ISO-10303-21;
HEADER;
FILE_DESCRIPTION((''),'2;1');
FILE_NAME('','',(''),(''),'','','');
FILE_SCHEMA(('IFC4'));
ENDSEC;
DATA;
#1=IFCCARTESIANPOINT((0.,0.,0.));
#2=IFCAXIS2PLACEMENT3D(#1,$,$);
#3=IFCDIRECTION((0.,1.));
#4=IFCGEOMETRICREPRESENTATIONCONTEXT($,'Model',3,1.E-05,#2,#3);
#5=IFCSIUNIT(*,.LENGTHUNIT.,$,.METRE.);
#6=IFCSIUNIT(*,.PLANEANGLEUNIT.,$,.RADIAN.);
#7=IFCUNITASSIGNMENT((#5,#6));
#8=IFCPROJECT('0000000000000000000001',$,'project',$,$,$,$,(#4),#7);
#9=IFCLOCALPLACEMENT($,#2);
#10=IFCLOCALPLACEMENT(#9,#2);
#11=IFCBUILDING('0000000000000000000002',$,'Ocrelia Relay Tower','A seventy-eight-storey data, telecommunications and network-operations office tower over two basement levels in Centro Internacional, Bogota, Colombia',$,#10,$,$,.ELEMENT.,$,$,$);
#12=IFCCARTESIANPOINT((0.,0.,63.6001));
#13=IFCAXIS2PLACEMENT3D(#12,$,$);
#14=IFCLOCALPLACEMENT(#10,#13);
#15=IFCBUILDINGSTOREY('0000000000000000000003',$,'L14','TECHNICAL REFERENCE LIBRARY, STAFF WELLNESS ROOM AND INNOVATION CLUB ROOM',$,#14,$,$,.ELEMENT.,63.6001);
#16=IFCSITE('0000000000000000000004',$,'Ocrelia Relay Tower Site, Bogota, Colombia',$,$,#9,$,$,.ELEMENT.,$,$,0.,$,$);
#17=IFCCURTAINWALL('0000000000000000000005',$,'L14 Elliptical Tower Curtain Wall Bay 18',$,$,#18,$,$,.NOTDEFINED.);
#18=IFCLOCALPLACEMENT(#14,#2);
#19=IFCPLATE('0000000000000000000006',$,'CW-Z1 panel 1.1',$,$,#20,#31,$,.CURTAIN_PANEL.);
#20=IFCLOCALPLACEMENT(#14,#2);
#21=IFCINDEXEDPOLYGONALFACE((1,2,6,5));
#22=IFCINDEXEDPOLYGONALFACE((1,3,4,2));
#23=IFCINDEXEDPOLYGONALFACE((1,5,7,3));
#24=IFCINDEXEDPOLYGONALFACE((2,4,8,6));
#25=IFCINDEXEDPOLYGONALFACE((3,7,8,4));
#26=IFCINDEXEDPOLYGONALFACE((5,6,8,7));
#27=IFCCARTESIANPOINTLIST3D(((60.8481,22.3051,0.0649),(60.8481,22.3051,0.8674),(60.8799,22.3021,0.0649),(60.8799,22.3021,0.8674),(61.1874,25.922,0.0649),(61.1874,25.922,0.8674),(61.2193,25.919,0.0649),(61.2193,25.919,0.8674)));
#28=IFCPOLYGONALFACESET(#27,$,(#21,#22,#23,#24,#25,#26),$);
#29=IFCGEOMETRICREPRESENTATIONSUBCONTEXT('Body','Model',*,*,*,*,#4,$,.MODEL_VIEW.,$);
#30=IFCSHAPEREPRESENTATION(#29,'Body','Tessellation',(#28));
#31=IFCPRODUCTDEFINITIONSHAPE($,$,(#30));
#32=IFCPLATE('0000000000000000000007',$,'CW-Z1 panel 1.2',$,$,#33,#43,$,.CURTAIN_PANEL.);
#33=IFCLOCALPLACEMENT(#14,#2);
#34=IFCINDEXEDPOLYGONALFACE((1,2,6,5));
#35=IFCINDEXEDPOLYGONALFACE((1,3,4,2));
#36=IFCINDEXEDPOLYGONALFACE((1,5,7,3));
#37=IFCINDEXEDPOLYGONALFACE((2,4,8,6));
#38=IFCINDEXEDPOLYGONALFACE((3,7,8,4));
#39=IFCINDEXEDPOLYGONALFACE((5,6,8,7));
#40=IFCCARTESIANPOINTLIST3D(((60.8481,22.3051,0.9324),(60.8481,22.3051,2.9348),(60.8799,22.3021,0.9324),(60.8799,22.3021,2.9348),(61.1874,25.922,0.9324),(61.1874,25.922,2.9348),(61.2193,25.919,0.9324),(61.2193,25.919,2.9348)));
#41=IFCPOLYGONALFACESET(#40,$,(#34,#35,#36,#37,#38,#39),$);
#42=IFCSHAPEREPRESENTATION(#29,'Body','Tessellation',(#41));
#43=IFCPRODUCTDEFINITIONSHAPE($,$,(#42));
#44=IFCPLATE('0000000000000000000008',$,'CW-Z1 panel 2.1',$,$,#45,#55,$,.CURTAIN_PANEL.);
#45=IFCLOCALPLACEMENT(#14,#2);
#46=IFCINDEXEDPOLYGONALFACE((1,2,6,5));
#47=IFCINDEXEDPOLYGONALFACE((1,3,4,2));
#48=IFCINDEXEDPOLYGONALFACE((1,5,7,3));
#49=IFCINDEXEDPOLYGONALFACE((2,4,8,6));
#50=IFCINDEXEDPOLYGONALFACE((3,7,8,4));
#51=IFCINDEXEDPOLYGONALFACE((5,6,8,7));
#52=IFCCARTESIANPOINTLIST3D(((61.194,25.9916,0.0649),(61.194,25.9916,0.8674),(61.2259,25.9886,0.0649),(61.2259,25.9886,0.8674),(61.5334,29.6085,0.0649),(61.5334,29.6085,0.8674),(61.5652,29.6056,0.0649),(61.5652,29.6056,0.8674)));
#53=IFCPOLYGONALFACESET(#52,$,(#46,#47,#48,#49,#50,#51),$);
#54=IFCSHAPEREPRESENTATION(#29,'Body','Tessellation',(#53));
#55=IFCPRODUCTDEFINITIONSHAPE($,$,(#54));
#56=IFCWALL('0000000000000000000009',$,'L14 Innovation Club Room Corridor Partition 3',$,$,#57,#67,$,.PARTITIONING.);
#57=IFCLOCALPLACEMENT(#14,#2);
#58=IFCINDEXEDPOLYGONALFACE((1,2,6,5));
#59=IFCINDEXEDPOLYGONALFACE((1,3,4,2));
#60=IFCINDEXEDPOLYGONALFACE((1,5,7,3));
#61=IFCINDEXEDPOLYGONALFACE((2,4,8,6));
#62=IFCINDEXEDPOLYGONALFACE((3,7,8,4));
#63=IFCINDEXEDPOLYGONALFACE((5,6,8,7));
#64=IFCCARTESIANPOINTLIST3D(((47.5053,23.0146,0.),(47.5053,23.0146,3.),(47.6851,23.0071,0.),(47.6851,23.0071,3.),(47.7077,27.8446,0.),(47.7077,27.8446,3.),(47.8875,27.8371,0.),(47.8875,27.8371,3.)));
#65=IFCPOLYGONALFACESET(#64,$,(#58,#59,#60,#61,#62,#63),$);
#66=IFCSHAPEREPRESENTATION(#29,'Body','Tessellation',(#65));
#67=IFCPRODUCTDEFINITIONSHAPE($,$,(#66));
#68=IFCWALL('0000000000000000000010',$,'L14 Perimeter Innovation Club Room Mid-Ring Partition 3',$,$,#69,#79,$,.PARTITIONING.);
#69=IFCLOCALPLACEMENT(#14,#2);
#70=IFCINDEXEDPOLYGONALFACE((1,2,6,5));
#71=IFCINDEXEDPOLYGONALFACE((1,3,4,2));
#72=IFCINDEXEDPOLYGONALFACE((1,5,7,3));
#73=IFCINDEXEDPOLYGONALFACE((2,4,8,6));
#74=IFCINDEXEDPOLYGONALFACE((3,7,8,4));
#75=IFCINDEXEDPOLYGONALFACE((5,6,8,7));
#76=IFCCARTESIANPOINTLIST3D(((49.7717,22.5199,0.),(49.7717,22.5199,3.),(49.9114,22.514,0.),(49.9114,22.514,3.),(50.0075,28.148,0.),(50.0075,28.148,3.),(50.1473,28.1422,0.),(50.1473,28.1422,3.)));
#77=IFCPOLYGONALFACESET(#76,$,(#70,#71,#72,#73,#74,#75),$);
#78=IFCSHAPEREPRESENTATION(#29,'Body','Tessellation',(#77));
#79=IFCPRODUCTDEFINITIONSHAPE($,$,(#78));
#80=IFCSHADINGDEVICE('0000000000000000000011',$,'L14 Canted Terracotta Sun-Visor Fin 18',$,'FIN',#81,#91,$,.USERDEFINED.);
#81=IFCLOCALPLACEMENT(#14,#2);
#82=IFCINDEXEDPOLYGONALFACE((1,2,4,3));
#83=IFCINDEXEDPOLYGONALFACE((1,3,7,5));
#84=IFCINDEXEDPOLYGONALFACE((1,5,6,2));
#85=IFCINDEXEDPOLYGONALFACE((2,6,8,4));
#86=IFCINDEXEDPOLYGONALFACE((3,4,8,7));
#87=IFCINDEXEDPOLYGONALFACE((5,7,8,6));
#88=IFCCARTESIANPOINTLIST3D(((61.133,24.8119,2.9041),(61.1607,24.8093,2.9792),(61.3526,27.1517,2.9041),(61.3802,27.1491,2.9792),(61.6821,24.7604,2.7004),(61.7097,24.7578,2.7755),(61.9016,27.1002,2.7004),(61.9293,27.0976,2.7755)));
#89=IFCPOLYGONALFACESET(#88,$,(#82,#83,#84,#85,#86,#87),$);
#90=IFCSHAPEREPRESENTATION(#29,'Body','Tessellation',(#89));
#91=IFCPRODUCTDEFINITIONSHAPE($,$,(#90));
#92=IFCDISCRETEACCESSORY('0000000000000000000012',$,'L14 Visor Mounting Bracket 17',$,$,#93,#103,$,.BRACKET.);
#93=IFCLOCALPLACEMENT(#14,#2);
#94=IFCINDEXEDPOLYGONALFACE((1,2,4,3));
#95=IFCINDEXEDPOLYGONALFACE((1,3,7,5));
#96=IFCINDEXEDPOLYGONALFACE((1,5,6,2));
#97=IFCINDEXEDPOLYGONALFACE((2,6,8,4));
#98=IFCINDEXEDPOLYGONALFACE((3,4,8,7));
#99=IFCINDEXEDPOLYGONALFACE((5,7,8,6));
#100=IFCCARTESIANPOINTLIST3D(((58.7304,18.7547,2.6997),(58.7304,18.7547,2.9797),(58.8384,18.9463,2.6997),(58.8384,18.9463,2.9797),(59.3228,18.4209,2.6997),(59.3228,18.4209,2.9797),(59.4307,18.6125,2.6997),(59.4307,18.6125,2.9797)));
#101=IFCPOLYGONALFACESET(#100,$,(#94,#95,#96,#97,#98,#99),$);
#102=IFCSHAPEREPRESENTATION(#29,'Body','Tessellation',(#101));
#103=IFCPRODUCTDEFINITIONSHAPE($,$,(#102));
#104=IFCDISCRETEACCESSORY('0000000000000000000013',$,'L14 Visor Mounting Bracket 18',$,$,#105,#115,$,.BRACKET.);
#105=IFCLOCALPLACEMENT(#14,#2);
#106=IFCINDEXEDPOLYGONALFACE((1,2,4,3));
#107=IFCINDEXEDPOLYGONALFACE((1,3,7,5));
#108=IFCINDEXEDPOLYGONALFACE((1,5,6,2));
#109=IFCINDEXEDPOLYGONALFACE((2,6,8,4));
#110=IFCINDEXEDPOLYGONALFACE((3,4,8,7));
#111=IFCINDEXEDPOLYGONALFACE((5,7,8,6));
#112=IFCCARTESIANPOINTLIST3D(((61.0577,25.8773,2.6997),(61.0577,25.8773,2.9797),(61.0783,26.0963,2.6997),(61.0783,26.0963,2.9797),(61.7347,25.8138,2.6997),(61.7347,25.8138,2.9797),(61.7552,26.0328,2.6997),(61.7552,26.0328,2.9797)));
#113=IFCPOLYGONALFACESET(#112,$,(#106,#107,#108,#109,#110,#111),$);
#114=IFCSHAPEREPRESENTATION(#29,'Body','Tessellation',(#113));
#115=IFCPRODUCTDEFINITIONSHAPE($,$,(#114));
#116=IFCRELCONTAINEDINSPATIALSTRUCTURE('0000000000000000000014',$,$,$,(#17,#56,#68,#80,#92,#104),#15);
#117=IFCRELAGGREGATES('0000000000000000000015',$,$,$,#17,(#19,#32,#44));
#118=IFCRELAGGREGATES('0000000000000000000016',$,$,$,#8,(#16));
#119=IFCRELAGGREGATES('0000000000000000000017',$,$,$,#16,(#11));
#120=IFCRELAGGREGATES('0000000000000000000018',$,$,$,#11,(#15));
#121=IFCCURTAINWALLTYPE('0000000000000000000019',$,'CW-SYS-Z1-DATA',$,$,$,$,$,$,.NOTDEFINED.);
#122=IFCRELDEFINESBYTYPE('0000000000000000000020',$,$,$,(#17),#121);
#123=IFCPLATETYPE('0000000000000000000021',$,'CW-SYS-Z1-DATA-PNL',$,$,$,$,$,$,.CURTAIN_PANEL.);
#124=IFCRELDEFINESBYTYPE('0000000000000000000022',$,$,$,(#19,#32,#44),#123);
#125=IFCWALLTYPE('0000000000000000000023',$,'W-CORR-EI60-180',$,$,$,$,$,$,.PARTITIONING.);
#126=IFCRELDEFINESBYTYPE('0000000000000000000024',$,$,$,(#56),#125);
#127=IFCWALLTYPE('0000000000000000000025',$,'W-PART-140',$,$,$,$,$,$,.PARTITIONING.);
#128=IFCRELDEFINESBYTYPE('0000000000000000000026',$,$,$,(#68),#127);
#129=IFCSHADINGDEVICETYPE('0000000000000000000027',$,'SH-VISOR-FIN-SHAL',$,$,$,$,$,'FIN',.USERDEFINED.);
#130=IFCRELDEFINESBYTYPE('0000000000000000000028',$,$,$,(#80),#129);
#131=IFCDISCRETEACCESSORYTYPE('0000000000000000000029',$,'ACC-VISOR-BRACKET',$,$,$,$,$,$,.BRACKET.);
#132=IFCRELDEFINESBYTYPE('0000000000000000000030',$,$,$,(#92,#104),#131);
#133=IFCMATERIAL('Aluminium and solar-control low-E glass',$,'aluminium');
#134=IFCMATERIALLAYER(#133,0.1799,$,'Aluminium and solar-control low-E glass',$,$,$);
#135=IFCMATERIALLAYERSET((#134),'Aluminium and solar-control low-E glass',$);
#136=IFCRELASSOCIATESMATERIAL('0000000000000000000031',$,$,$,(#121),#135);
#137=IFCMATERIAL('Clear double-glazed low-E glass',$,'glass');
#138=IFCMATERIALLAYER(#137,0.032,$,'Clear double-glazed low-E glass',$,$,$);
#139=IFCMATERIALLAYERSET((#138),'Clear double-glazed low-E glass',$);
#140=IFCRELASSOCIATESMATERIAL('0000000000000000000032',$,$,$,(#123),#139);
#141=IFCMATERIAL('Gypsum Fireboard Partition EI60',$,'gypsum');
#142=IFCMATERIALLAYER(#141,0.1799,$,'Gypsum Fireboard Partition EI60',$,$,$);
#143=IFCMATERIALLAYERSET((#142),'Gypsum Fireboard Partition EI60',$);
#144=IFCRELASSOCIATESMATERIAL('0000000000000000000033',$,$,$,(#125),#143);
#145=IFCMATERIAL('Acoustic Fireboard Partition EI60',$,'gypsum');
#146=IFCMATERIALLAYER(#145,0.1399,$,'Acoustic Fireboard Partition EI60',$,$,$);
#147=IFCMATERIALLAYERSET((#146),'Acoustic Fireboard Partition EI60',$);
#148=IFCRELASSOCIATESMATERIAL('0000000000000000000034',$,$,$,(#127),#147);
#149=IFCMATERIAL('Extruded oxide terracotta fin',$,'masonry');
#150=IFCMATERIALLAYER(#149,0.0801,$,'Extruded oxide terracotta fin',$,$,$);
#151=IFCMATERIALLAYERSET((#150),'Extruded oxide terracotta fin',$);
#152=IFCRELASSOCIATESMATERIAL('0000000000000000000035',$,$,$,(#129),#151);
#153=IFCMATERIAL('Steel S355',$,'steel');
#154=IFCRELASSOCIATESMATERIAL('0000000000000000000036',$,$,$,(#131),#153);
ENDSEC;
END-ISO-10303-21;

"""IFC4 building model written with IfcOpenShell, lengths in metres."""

from ifc_helpers import new_model, si_unit, direction, frame, frame_2d, origin, origin_2d, place, context, subcontext, project, spatial, rectangle, extrude, material, layer, layer_set, type_object, element, aggregate, save


model = new_model("IFC4")

# Units and contexts
model_context = context("Model", 3, precision=1e-05, world=origin(), true_north=direction((0.0, 1.0)))
body_context = subcontext(model_context, "Body", "Model", "MODEL_VIEW")
ifc_project = project(units=[si_unit("LENGTHUNIT", "METRE"), si_unit("PLANEANGLEUNIT", "RADIAN")], contexts=[model_context])

# Site, building, storey
site_placement = place(None, origin())
site = spatial("IfcSite", under=ifc_project, at=site_placement, Name="Ocrelia Relay Tower Site, Bogota, Colombia", CompositionType="ELEMENT", RefElevation=0.0)
building_placement = place(site_placement, origin())
building = spatial("IfcBuilding", under=site, at=building_placement, Name="Ocrelia Relay Tower", Description="A seventy-eight-storey data, telecommunications and network-operations office tower over two basement levels in Centro Internacional, Bogota, Colombia", CompositionType="ELEMENT")
storey_placement = place(building_placement, frame((0.0, 0.0, 63.6001)))
storey = spatial("IfcBuildingStorey", under=building, at=storey_placement, Name="L14", Description="TECHNICAL REFERENCE LIBRARY, STAFF WELLNESS ROOM AND INNOVATION CLUB ROOM", CompositionType="ELEMENT", Elevation=63.6001)

# Shared definitions
ifc_material_1 = material(Name="Steel S355", Category="steel")

# Curtain wall, plates
ifc_material_2 = material(Name="Aluminium and solar-control low-E glass", Category="aluminium")
ifc_layer_1 = layer(ifc_material_2, 0.1799, Name="Aluminium and solar-control low-E glass")
ifc_layer_set_1 = layer_set([ifc_layer_1], Name="Aluminium and solar-control low-E glass")
curtain_wall_type = type_object("IfcCurtainWallType", Name="CW-SYS-Z1-DATA", PredefinedType="NOTDEFINED", material=ifc_layer_set_1)
curtain_wall_placement = place(storey_placement, origin())
curtain_wall = element("IfcCurtainWall", 1, at=curtain_wall_placement, inside=storey, type_object=curtain_wall_type, Name="L14 Elliptical Tower Curtain Wall Bay 18", PredefinedType="NOTDEFINED")
ifc_material_3 = material(Name="Clear double-glazed low-E glass", Category="glass")
ifc_layer_2 = layer(ifc_material_3, 0.032, Name="Clear double-glazed low-E glass")
ifc_layer_set_2 = layer_set([ifc_layer_2], Name="Clear double-glazed low-E glass")
plate_type = type_object("IfcPlateType", Name="CW-SYS-Z1-DATA-PNL", PredefinedType="CURTAIN_PANEL", material=ifc_layer_set_2)
plate_1_placement = place(storey_placement, frame((61.0337, 24.1121, 0.0649), z_axis=(0.0, 0.0, 1.0), x_axis=(0.093413, 0.995627, 0.0)))
plate_1 = element("IfcPlate", 2, at=plate_1_placement, type_object=plate_type, Name="CW-Z1 panel 1.1", PredefinedType="CURTAIN_PANEL", context=body_context, shape_type="SweptSolid", body=[
    extrude(rectangle(XDim=3.6328, YDim=0.032, at=origin_2d()), origin(), (0.0, 0.0, 1.0), 0.8025),
])
plate_2_placement = place(storey_placement, frame((61.0337, 24.1121, 0.9324), z_axis=(0.0, 0.0, 1.0), x_axis=(0.093413, 0.995627, 0.0)))
plate_2 = element("IfcPlate", 3, at=plate_2_placement, type_object=plate_type, Name="CW-Z1 panel 1.2", PredefinedType="CURTAIN_PANEL", context=body_context, shape_type="SweptSolid", body=[
    extrude(rectangle(XDim=3.6328, YDim=0.032, at=origin_2d()), origin(), (0.0, 0.0, 1.0), 2.0024),
])
plate_3_placement = place(storey_placement, frame((61.3796, 27.7986, 0.0649), z_axis=(0.0, 0.0, 1.0), x_axis=(0.093413, 0.995627, 0.0)))
plate_3 = element("IfcPlate", 4, at=plate_3_placement, type_object=plate_type, Name="CW-Z1 panel 2.1", PredefinedType="CURTAIN_PANEL", context=body_context, shape_type="SweptSolid", body=[
    extrude(rectangle(XDim=3.6328, YDim=0.032, at=origin_2d()), origin(), (0.0, 0.0, 1.0), 0.8025),
])
aggregate(curtain_wall, [plate_1, plate_2, plate_3])

# Walls
ifc_material_4 = material(Name="Gypsum Fireboard Partition EI60", Category="gypsum")
ifc_layer_3 = layer(ifc_material_4, 0.1799, Name="Gypsum Fireboard Partition EI60")
ifc_layer_set_3 = layer_set([ifc_layer_3], Name="Gypsum Fireboard Partition EI60")
wall_type_1 = type_object("IfcWallType", Name="W-CORR-EI60-180", PredefinedType="PARTITIONING", material=ifc_layer_set_3)
wall_1_placement = place(storey_placement, frame((47.5952, 23.011, 0.0), z_axis=(0.0, 0.0, 1.0), x_axis=(0.041866, 0.999123, 0.0)))
element("IfcWall", 5, at=wall_1_placement, inside=storey, type_object=wall_type_1, Name="L14 Innovation Club Room Corridor Partition 3", PredefinedType="PARTITIONING", context=body_context, shape_type="SweptSolid", body=[
    extrude(rectangle(XDim=4.8342, YDim=0.1799, at=frame_2d((2.417, 0.0))), origin(), (0.0, 0.0, 1.0), 3.0),
])
ifc_material_5 = material(Name="Acoustic Fireboard Partition EI60", Category="gypsum")
ifc_layer_4 = layer(ifc_material_5, 0.1399, Name="Acoustic Fireboard Partition EI60")
ifc_layer_set_4 = layer_set([ifc_layer_4], Name="Acoustic Fireboard Partition EI60")
wall_type_2 = type_object("IfcWallType", Name="W-PART-140", PredefinedType="PARTITIONING", material=ifc_layer_set_4)
wall_2_placement = place(storey_placement, frame((49.8416, 22.5171, 0.0), z_axis=(0.0, 0.0, 1.0), x_axis=(0.041867, 0.999123, 0.0)))
element("IfcWall", 6, at=wall_2_placement, inside=storey, type_object=wall_type_2, Name="L14 Perimeter Innovation Club Room Mid-Ring Partition 3", PredefinedType="PARTITIONING", context=body_context, shape_type="SweptSolid", body=[
    extrude(rectangle(XDim=5.6331, YDim=0.1399, at=frame_2d((2.8164, 0.0))), origin(), (0.0, 0.0, 1.0), 3.0),
])

# Shading device
ifc_material_6 = material(Name="Extruded oxide terracotta fin", Category="masonry")
ifc_layer_5 = layer(ifc_material_6, 0.0801, Name="Extruded oxide terracotta fin")
ifc_layer_set_5 = layer_set([ifc_layer_5], Name="Extruded oxide terracotta fin")
shading_device_type = type_object("IfcShadingDeviceType", Name="SH-VISOR-FIN-SHAL", ElementType="FIN", PredefinedType="USERDEFINED", material=ifc_layer_set_5)
shading_device_placement = place(storey_placement, frame((61.5173, 25.9561, 2.8022), z_axis=(0.34493, -0.032363, 0.93807), x_axis=(0.093413, 0.995627, 0.0)))
element("IfcShadingDevice", 7, at=shading_device_placement, inside=storey, type_object=shading_device_type, Name="L14 Canted Terracotta Sun-Visor Fin 18", ObjectType="FIN", PredefinedType="USERDEFINED", context=body_context, shape_type="SweptSolid", body=[
    extrude(rectangle(XDim=2.3501, YDim=0.5879, at=origin_2d()), origin(), (0.0, 0.0, 1.0), 0.0801),
])

# Discrete accessories
discrete_accessory_type = type_object("IfcDiscreteAccessoryType", Name="ACC-VISOR-BRACKET", PredefinedType="BRACKET", material=ifc_material_1)
for number, where, z_axis, x_axis, name in (
    (8, (59.0806, 18.6836, 2.6997), (0.0, 0.0, 1.0), (0.490897, 0.871218, 0.0), "L14 Visor Mounting Bracket 17"),
    (9, (61.4065, 25.9551, 2.6997), (0.0, 0.0, 1.0), (0.093413, 0.995627, 0.0), "L14 Visor Mounting Bracket 18"),
):
    element("IfcDiscreteAccessory", number, at=place(storey_placement, frame(where, z_axis=z_axis, x_axis=x_axis)), inside=storey, type_object=discrete_accessory_type, Name=name, PredefinedType="BRACKET", context=body_context, shape_type="SweptSolid", body=[
        extrude(rectangle(XDim=0.22, YDim=0.6799, at=origin_2d()), origin(), (0.0, 0.0, 1.0), 0.28),
    ])

save(model, "model.ifc")
